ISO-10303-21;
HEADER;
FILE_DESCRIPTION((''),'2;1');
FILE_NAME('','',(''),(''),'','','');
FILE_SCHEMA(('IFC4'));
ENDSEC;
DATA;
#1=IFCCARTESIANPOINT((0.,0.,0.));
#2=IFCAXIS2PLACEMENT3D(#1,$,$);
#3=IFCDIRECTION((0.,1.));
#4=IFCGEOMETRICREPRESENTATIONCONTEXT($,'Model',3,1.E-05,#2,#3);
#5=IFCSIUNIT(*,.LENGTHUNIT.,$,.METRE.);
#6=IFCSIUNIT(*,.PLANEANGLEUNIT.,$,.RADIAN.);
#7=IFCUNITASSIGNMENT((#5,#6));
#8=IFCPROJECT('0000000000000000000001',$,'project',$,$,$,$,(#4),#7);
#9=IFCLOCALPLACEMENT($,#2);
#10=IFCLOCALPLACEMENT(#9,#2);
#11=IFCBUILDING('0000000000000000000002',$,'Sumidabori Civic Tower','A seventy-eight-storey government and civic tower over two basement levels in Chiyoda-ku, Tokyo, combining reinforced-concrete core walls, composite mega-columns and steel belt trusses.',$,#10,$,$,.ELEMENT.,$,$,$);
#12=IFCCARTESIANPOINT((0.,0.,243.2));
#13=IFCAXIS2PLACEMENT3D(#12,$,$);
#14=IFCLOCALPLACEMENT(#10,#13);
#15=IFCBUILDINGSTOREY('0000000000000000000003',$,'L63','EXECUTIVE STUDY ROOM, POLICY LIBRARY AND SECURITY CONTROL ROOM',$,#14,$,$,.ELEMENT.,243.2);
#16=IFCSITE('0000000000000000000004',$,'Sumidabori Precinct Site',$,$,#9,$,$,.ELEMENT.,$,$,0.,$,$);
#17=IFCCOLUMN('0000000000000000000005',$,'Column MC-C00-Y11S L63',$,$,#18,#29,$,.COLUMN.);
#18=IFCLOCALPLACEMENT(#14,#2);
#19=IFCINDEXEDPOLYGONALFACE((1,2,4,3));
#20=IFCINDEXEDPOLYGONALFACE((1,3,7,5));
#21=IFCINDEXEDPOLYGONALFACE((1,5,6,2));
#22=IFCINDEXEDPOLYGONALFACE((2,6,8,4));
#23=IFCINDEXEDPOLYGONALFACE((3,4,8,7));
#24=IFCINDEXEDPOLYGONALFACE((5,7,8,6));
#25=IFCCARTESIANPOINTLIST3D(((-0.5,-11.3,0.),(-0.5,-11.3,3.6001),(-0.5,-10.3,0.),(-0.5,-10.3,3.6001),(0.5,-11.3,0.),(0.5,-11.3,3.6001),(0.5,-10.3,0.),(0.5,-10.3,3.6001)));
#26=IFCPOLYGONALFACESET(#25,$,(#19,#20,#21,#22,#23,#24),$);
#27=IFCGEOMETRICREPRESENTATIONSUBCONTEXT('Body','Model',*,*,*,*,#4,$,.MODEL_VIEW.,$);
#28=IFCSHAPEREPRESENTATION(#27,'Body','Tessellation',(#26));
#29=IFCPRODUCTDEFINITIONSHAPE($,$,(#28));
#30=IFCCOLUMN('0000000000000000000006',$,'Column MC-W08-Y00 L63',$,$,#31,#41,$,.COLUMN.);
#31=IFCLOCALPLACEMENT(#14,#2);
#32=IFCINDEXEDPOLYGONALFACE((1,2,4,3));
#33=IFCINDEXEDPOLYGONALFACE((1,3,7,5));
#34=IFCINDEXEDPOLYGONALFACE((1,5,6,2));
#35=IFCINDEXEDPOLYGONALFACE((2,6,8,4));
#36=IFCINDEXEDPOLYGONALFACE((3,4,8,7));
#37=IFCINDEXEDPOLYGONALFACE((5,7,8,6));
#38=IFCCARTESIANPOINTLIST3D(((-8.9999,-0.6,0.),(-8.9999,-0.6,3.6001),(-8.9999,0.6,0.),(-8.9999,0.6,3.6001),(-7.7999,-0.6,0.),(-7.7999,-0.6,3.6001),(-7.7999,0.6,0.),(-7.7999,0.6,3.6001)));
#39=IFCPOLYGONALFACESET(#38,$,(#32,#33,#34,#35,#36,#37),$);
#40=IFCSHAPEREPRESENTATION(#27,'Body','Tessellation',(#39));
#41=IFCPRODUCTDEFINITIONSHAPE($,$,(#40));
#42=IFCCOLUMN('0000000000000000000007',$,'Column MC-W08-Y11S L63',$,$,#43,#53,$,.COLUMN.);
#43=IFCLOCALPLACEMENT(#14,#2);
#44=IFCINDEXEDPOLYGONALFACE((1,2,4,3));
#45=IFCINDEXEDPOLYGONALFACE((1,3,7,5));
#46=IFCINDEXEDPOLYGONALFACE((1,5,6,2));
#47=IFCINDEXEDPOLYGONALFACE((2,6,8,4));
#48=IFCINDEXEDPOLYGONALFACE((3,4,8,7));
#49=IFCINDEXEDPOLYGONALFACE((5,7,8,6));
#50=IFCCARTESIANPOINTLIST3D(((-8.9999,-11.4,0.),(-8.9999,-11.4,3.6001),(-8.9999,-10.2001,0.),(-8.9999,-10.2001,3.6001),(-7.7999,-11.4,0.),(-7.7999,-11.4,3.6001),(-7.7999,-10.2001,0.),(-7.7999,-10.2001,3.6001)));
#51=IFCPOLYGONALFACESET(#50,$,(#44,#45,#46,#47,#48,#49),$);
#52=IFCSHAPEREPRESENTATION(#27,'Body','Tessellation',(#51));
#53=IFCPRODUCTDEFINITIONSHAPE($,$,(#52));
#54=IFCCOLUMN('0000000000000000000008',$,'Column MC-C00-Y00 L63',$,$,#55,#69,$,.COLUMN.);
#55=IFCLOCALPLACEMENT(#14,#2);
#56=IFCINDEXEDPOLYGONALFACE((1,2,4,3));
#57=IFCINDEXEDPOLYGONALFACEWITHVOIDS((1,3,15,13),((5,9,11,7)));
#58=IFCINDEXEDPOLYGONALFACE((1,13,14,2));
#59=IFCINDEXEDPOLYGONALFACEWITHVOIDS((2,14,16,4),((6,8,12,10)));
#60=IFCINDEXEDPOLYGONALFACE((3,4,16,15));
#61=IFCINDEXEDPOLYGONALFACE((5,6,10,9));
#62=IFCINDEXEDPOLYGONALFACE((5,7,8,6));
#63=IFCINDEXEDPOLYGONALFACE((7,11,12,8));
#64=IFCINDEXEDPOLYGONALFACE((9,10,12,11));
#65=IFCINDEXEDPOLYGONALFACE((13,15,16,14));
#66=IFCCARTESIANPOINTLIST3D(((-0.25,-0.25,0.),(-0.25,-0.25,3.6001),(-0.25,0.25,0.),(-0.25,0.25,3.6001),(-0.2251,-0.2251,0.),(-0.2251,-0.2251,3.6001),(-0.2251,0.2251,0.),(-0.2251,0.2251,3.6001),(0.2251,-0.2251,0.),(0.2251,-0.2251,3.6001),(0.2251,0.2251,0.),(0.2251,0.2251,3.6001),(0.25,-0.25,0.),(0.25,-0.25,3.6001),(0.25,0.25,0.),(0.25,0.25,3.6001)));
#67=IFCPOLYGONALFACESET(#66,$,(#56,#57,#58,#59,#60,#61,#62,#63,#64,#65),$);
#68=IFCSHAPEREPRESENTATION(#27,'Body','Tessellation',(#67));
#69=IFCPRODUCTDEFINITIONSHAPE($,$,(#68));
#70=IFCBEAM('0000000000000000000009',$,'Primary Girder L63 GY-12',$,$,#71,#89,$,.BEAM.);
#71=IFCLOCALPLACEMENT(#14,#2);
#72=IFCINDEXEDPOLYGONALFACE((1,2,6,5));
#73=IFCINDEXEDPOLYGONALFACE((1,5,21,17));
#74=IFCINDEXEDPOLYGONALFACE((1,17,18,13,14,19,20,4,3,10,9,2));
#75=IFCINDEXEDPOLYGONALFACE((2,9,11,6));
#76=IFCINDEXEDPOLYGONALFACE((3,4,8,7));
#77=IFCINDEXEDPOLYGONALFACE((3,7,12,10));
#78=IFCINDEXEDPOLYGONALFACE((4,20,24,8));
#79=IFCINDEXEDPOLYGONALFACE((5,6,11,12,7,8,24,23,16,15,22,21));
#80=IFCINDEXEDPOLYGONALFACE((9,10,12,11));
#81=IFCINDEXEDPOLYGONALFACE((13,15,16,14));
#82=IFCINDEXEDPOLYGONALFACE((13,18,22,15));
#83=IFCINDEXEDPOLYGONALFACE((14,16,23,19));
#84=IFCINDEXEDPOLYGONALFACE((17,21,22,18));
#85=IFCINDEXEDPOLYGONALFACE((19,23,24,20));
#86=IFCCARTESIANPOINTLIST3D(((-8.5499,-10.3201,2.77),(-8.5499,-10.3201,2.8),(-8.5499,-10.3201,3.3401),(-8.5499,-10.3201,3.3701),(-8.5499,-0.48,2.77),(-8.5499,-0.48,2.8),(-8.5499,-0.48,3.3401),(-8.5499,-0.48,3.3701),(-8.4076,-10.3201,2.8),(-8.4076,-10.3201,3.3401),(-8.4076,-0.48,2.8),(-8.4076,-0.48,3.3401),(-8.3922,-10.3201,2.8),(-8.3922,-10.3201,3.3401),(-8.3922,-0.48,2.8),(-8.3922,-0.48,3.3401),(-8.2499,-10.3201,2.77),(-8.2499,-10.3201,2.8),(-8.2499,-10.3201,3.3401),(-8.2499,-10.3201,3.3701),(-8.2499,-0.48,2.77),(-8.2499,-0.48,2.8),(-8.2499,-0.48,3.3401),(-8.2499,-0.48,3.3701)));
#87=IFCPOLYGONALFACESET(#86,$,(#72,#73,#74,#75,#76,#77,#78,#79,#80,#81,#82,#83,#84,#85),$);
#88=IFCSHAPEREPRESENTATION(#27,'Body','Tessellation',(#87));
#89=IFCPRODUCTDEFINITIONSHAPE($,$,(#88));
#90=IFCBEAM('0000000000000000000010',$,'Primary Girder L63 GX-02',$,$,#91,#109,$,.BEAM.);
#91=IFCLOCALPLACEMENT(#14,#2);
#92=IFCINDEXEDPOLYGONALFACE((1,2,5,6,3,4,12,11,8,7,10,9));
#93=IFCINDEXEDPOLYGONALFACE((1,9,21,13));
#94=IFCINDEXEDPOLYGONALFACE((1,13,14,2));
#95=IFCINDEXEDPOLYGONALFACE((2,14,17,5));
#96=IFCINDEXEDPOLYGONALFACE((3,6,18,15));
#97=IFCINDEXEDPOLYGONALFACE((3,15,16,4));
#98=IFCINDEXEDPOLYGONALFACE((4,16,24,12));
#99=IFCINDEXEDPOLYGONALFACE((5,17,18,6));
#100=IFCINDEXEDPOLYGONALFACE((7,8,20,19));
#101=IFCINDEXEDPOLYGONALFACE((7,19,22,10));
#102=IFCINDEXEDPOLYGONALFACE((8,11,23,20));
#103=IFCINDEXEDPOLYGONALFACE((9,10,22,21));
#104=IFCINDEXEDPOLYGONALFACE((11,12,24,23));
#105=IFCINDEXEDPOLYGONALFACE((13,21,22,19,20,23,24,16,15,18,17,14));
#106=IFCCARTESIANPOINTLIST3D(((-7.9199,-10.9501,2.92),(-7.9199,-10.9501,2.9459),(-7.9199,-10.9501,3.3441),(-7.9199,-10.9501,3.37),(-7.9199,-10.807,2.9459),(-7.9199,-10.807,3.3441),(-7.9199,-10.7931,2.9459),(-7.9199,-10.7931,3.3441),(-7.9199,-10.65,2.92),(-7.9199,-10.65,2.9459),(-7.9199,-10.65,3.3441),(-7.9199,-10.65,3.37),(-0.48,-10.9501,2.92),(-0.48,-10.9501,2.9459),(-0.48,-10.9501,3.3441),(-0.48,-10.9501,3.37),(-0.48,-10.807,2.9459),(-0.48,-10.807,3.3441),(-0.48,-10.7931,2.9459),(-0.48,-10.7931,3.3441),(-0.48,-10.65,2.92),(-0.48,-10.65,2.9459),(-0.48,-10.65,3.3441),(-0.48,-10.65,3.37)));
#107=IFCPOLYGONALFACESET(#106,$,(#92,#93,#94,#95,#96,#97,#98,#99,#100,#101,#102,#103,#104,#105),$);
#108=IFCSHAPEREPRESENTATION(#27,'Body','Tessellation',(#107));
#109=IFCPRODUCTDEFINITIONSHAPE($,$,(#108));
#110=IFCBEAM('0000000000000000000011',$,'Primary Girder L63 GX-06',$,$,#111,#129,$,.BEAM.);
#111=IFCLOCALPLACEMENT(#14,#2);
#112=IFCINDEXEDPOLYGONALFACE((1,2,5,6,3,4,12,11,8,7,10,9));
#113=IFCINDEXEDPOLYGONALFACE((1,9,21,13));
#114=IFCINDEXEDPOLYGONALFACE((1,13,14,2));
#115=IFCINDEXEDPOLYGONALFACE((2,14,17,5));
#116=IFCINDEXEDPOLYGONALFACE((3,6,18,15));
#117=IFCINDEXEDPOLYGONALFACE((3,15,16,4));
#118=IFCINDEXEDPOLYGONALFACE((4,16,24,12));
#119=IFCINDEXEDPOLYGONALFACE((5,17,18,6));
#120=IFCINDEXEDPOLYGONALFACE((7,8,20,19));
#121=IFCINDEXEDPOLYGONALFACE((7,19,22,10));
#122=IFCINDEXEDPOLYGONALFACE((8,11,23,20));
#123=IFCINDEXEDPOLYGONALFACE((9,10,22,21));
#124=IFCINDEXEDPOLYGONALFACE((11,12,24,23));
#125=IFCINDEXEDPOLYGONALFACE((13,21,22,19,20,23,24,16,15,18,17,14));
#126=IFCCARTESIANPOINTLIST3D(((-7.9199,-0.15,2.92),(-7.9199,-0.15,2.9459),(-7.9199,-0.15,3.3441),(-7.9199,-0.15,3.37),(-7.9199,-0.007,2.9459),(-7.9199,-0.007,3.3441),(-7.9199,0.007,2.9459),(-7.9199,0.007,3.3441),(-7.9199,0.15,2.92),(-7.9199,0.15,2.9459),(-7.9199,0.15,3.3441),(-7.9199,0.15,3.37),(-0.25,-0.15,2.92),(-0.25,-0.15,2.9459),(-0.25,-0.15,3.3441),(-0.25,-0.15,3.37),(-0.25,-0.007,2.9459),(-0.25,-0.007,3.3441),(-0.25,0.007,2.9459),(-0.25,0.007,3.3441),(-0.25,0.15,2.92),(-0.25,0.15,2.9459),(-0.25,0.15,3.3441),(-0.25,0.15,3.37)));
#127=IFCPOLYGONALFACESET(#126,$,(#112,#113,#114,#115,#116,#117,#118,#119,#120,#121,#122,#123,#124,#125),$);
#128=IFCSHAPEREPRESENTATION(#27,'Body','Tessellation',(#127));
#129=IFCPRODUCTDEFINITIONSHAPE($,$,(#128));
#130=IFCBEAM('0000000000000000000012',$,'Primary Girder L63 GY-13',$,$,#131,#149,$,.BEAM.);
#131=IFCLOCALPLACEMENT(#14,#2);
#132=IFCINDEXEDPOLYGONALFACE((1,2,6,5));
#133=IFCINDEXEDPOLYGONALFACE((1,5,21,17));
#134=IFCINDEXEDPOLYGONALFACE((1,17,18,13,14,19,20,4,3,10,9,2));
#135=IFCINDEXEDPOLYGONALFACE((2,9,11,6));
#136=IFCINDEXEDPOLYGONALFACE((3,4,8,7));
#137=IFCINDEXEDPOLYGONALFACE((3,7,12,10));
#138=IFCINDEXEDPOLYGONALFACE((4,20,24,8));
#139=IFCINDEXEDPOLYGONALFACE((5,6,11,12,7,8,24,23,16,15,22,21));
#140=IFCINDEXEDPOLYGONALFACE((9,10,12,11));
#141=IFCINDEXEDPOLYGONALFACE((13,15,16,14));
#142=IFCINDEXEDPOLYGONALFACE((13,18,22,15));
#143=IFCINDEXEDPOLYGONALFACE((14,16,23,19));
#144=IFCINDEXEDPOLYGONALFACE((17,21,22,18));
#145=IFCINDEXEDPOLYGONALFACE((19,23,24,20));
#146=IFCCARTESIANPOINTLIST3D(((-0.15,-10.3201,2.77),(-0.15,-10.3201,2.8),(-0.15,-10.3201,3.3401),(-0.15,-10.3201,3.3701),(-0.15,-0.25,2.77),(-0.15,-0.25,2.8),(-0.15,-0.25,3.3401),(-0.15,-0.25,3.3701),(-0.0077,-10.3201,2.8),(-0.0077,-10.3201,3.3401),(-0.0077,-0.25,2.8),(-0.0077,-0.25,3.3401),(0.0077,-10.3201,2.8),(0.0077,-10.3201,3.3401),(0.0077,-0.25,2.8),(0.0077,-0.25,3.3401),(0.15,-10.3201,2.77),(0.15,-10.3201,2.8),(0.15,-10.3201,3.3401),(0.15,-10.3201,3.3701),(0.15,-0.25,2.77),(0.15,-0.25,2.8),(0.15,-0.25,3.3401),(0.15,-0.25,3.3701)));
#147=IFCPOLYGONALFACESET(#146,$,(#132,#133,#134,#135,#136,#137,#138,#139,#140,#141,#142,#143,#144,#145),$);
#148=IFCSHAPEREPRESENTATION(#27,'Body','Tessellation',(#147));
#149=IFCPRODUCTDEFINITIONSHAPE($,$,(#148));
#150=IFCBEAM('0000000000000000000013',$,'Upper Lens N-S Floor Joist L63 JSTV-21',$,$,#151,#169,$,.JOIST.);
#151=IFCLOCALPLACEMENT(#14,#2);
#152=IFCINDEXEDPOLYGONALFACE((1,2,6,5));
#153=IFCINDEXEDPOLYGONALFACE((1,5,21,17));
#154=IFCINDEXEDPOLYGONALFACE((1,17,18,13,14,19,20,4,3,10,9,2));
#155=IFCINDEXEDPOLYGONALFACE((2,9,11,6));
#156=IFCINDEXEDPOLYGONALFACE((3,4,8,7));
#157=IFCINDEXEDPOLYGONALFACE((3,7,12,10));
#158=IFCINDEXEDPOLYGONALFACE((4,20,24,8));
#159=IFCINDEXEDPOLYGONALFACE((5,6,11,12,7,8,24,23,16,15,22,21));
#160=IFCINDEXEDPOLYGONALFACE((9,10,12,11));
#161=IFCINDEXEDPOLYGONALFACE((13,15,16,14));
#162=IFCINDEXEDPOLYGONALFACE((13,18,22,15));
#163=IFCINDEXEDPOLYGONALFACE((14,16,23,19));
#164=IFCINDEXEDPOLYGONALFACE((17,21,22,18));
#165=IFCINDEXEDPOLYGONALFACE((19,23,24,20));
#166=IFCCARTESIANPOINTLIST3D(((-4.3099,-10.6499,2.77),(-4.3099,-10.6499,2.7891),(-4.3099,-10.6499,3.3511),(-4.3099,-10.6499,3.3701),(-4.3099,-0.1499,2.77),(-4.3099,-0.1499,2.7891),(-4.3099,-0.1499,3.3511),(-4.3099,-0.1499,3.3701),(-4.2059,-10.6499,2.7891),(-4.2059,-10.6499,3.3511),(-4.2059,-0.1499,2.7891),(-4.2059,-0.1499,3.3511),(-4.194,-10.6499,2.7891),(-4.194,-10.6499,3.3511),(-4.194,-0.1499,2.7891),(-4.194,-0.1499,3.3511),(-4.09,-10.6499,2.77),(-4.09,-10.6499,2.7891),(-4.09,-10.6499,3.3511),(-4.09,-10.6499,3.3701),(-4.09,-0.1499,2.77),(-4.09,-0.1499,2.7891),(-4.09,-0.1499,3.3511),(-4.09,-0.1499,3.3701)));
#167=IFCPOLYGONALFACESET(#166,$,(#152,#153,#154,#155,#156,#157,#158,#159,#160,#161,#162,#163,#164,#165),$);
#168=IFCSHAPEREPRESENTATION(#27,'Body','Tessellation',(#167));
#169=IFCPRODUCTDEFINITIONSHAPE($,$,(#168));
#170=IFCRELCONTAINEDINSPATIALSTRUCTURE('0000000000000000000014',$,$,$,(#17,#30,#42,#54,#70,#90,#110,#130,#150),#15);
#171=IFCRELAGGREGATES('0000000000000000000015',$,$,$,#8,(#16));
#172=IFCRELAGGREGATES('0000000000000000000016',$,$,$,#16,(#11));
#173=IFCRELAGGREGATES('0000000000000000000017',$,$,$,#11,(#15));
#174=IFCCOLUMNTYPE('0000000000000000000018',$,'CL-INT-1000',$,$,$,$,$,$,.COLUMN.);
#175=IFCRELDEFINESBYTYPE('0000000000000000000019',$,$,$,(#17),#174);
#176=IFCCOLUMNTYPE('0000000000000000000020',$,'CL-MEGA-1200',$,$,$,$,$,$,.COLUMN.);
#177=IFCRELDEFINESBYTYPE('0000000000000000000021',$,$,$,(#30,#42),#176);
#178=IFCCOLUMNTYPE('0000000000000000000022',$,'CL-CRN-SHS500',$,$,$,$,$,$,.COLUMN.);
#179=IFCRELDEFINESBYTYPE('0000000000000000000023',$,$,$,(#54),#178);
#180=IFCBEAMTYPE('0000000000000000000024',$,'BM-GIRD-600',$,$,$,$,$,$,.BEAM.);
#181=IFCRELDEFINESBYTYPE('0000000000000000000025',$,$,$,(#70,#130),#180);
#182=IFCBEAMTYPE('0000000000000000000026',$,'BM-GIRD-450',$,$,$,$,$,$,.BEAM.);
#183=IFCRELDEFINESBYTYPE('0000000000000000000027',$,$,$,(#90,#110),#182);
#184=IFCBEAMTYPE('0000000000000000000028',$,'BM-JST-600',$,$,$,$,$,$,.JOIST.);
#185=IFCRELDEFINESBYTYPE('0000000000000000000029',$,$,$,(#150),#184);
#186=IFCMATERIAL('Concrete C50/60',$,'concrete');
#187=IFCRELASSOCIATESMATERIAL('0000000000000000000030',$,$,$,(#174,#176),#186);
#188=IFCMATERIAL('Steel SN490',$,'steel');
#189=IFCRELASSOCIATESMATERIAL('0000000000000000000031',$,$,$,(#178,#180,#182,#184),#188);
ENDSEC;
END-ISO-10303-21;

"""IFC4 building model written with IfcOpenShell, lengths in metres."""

from ifc_helpers import new_model, si_unit, direction, frame, origin, origin_with_axes, origin_2d, place, context, subcontext, project, spatial, rectangle, hollow_rectangle, i_section, extrude, source, transform, mapped, material, material_profile, profile_set, type_object, element, save


model = new_model("IFC4")

# Units and contexts
model_context = context("Model", 3, precision=1e-05, world=origin(), true_north=direction((0.0, 1.0)))
body_context = subcontext(model_context, "Body", "Model", "MODEL_VIEW")
ifc_project = project(units=[si_unit("LENGTHUNIT", "METRE"), si_unit("PLANEANGLEUNIT", "RADIAN")], contexts=[model_context])

# Site, building, storey
site_placement = place(None, origin())
site = spatial("IfcSite", under=ifc_project, at=site_placement, Name="Sumidabori Precinct Site", CompositionType="ELEMENT", RefElevation=0.0)
building_placement = place(site_placement, origin())
building = spatial("IfcBuilding", under=site, at=building_placement, Name="Sumidabori Civic Tower", Description="A seventy-eight-storey government and civic tower over two basement levels in Chiyoda-ku, Tokyo, combining reinforced-concrete core walls, composite mega-columns and steel belt trusses.", CompositionType="ELEMENT")
storey_placement = place(building_placement, frame((0.0, 0.0, 243.2)))
storey = spatial("IfcBuildingStorey", under=building, at=storey_placement, Name="L63", Description="EXECUTIVE STUDY ROOM, POLICY LIBRARY AND SECURITY CONTROL ROOM", CompositionType="ELEMENT", Elevation=243.2)

# Columns
ifc_material_1 = material(Name="Concrete C50/60", Category="concrete")
ifc_material_profile_1 = material_profile(ifc_material_1, rectangle(XDim=1.0, YDim=1.0, at=origin_2d()), Name="RC 1000x1000")
ifc_profile_set_1 = profile_set([ifc_material_profile_1], Name="Concrete C50/60")
column_type_1 = type_object("IfcColumnType", Name="CL-INT-1000", PredefinedType="COLUMN", material=ifc_profile_set_1)
shared_shape_1 = source(origin(), body_context, "Body", "SweptSolid", [
    extrude(rectangle(XDim=1.0, YDim=1.0, at=origin_2d()), origin(), (0.0, 0.0, 1.0), 3.6001),
])
column_1_placement = place(storey_placement, frame((0.0, -10.8, 0.0), z_axis=(0.0, 0.0, 1.0), x_axis=(1.0, 0.0, 0.0)))
element("IfcColumn", 1, at=column_1_placement, inside=storey, type_object=column_type_1, Name="Column MC-C00-Y11S L63", PredefinedType="COLUMN", context=body_context, shape_type="MappedRepresentation", body=[
    mapped(shared_shape_1, transform((0.0, 0.0, 0.0), x_axis=(1.0, 0.0, 0.0), y_axis=(0.0, 1.0, 0.0), z_axis=(0.0, 0.0, 1.0), scale=1.0)),
])
ifc_material_profile_2 = material_profile(ifc_material_1, rectangle(XDim=1.2, YDim=1.2, at=origin_2d()), Name="RC 1200x1200")
ifc_profile_set_2 = profile_set([ifc_material_profile_2], Name="Concrete C50/60")
column_type_2 = type_object("IfcColumnType", Name="CL-MEGA-1200", PredefinedType="COLUMN", material=ifc_profile_set_2)
shared_shape_2 = source(origin(), body_context, "Body", "SweptSolid", [
    extrude(rectangle(XDim=1.2, YDim=1.2, at=origin_2d()), origin(), (0.0, 0.0, 1.0), 3.6001),
])
for number, where, z_axis, x_axis, name in (
    (2, (-8.3999, 0.0, 0.0), (0.0, 0.0, 1.0), (1.0, 0.0, 0.0), "Column MC-W08-Y00 L63"),
    (3, (-8.3999, -10.8, 0.0), (0.0, 0.0, 1.0), (1.0, 0.0, 0.0), "Column MC-W08-Y11S L63"),
):
    element("IfcColumn", number, at=place(storey_placement, frame(where, z_axis=z_axis, x_axis=x_axis)), inside=storey, type_object=column_type_2, Name=name, PredefinedType="COLUMN", context=body_context, shape_type="MappedRepresentation", body=[
        mapped(shared_shape_2, transform((0.0, 0.0, 0.0), x_axis=(1.0, 0.0, 0.0), y_axis=(0.0, 1.0, 0.0), z_axis=(0.0, 0.0, 1.0), scale=1.0)),
    ])
ifc_material_2 = material(Name="Steel SN490", Category="steel")
ifc_material_profile_3 = material_profile(ifc_material_2, hollow_rectangle(XDim=0.5, YDim=0.5, WallThickness=0.0249, at=origin_2d()), Name="SHS 500x500x25")
ifc_profile_set_3 = profile_set([ifc_material_profile_3], Name="Steel SN490")
column_type_3 = type_object("IfcColumnType", Name="CL-CRN-SHS500", PredefinedType="COLUMN", material=ifc_profile_set_3)
shared_shape_3 = source(origin(), body_context, "Body", "SweptSolid", [
    extrude(hollow_rectangle(XDim=0.5, YDim=0.5, WallThickness=0.0249, at=origin_2d()), origin(), (0.0, 0.0, 1.0), 3.6001),
])
column_2_placement = place(storey_placement, origin_with_axes())
element("IfcColumn", 4, at=column_2_placement, inside=storey, type_object=column_type_3, Name="Column MC-C00-Y00 L63", PredefinedType="COLUMN", context=body_context, shape_type="MappedRepresentation", body=[
    mapped(shared_shape_3, transform((0.0, 0.0, 0.0), x_axis=(1.0, 0.0, 0.0), y_axis=(0.0, 1.0, 0.0), z_axis=(0.0, 0.0, 1.0), scale=1.0)),
])

# Beams
ifc_material_profile_4 = material_profile(ifc_material_2, i_section(OverallWidth=0.3, OverallDepth=0.6001, WebThickness=0.0154, FlangeThickness=0.03, at=origin_2d()), Name="HE 600 B")
ifc_profile_set_4 = profile_set([ifc_material_profile_4], Name="Steel SN490")
beam_type_1 = type_object("IfcBeamType", Name="BM-GIRD-600", PredefinedType="BEAM", material=ifc_profile_set_4)
shared_shape_4 = source(origin(), body_context, "Body", "SweptSolid", [
    extrude(i_section(OverallWidth=0.3, OverallDepth=0.6001, WebThickness=0.0154, FlangeThickness=0.03, at=origin_2d()), origin(), (0.0, 0.0, 1.0), 9.8401),
])
beam_1_placement = place(storey_placement, frame((-8.3999, -10.3201, 3.0701), z_axis=(0.0, 1.0, 0.0), x_axis=(-1.0, 0.0, 0.0)))
element("IfcBeam", 5, at=beam_1_placement, inside=storey, type_object=beam_type_1, Name="Primary Girder L63 GY-12", PredefinedType="BEAM", context=body_context, shape_type="MappedRepresentation", body=[
    mapped(shared_shape_4, transform((0.0, 0.0, 0.0), x_axis=(1.0, 0.0, 0.0), y_axis=(0.0, 1.0, 0.0), z_axis=(0.0, 0.0, 1.0), scale=1.0)),
])
ifc_material_profile_5 = material_profile(ifc_material_2, i_section(OverallWidth=0.3, OverallDepth=0.45, WebThickness=0.0139, FlangeThickness=0.0259, at=origin_2d()), Name="HE 450 B")
ifc_profile_set_5 = profile_set([ifc_material_profile_5], Name="Steel SN490")
beam_type_2 = type_object("IfcBeamType", Name="BM-GIRD-450", PredefinedType="BEAM", material=ifc_profile_set_5)
shared_shape_5 = source(origin(), body_context, "Body", "SweptSolid", [
    extrude(i_section(OverallWidth=0.3, OverallDepth=0.45, WebThickness=0.0139, FlangeThickness=0.0259, at=origin_2d()), origin(), (0.0, 0.0, 1.0), 7.4399),
])
beam_2_placement = place(storey_placement, frame((-7.9199, -10.8, 3.145), z_axis=(1.0, 0.0, 0.0), x_axis=(0.0, 1.0, 0.0)))
element("IfcBeam", 6, at=beam_2_placement, inside=storey, type_object=beam_type_2, Name="Primary Girder L63 GX-02", PredefinedType="BEAM", context=body_context, shape_type="MappedRepresentation", body=[
    mapped(shared_shape_5, transform((0.0, 0.0, 0.0), x_axis=(1.0, 0.0, 0.0), y_axis=(0.0, 1.0, 0.0), z_axis=(0.0, 0.0, 1.0), scale=1.0)),
])
shared_shape_6 = source(origin(), body_context, "Body", "SweptSolid", [
    extrude(i_section(OverallWidth=0.3, OverallDepth=0.45, WebThickness=0.0139, FlangeThickness=0.0259, at=origin_2d()), origin(), (0.0, 0.0, 1.0), 7.6699),
])
beam_3_placement = place(storey_placement, frame((-7.9199, 0.0, 3.145), z_axis=(1.0, 0.0, 0.0), x_axis=(0.0, 1.0, 0.0)))
element("IfcBeam", 7, at=beam_3_placement, inside=storey, type_object=beam_type_2, Name="Primary Girder L63 GX-06", PredefinedType="BEAM", context=body_context, shape_type="MappedRepresentation", body=[
    mapped(shared_shape_6, transform((0.0, 0.0, 0.0), x_axis=(1.0, 0.0, 0.0), y_axis=(0.0, 1.0, 0.0), z_axis=(0.0, 0.0, 1.0), scale=1.0)),
])
shared_shape_7 = source(origin(), body_context, "Body", "SweptSolid", [
    extrude(i_section(OverallWidth=0.3, OverallDepth=0.6001, WebThickness=0.0154, FlangeThickness=0.03, at=origin_2d()), origin(), (0.0, 0.0, 1.0), 10.0701),
])
beam_4_placement = place(storey_placement, frame((0.0, -10.3201, 3.0701), z_axis=(0.0, 1.0, 0.0), x_axis=(-1.0, 0.0, 0.0)))
element("IfcBeam", 8, at=beam_4_placement, inside=storey, type_object=beam_type_1, Name="Primary Girder L63 GY-13", PredefinedType="BEAM", context=body_context, shape_type="MappedRepresentation", body=[
    mapped(shared_shape_7, transform((0.0, 0.0, 0.0), x_axis=(1.0, 0.0, 0.0), y_axis=(0.0, 1.0, 0.0), z_axis=(0.0, 0.0, 1.0), scale=1.0)),
])
ifc_material_profile_6 = material_profile(ifc_material_2, i_section(OverallWidth=0.22, OverallDepth=0.6001, WebThickness=0.012, FlangeThickness=0.019, at=origin_2d()), Name="IPE 600")
ifc_profile_set_6 = profile_set([ifc_material_profile_6], Name="Steel SN490")
beam_type_3 = type_object("IfcBeamType", Name="BM-JST-600", PredefinedType="JOIST", material=ifc_profile_set_6)
shared_shape_8 = source(origin(), body_context, "Body", "SweptSolid", [
    extrude(i_section(OverallWidth=0.22, OverallDepth=0.6001, WebThickness=0.012, FlangeThickness=0.019, at=origin_2d()), origin(), (0.0, 0.0, 1.0), 10.5),
])
beam_5_placement = place(storey_placement, frame((-4.2, -10.6499, 3.0701), z_axis=(0.0, 1.0, 0.0), x_axis=(-1.0, 0.0, 0.0)))
element("IfcBeam", 9, at=beam_5_placement, inside=storey, type_object=beam_type_3, Name="Upper Lens N-S Floor Joist L63 JSTV-21", PredefinedType="JOIST", context=body_context, shape_type="MappedRepresentation", body=[
    mapped(shared_shape_8, transform((0.0, 0.0, 0.0), x_axis=(1.0, 0.0, 0.0), y_axis=(0.0, 1.0, 0.0), z_axis=(0.0, 0.0, 1.0), scale=1.0)),
])

save(model, "model.ifc")
